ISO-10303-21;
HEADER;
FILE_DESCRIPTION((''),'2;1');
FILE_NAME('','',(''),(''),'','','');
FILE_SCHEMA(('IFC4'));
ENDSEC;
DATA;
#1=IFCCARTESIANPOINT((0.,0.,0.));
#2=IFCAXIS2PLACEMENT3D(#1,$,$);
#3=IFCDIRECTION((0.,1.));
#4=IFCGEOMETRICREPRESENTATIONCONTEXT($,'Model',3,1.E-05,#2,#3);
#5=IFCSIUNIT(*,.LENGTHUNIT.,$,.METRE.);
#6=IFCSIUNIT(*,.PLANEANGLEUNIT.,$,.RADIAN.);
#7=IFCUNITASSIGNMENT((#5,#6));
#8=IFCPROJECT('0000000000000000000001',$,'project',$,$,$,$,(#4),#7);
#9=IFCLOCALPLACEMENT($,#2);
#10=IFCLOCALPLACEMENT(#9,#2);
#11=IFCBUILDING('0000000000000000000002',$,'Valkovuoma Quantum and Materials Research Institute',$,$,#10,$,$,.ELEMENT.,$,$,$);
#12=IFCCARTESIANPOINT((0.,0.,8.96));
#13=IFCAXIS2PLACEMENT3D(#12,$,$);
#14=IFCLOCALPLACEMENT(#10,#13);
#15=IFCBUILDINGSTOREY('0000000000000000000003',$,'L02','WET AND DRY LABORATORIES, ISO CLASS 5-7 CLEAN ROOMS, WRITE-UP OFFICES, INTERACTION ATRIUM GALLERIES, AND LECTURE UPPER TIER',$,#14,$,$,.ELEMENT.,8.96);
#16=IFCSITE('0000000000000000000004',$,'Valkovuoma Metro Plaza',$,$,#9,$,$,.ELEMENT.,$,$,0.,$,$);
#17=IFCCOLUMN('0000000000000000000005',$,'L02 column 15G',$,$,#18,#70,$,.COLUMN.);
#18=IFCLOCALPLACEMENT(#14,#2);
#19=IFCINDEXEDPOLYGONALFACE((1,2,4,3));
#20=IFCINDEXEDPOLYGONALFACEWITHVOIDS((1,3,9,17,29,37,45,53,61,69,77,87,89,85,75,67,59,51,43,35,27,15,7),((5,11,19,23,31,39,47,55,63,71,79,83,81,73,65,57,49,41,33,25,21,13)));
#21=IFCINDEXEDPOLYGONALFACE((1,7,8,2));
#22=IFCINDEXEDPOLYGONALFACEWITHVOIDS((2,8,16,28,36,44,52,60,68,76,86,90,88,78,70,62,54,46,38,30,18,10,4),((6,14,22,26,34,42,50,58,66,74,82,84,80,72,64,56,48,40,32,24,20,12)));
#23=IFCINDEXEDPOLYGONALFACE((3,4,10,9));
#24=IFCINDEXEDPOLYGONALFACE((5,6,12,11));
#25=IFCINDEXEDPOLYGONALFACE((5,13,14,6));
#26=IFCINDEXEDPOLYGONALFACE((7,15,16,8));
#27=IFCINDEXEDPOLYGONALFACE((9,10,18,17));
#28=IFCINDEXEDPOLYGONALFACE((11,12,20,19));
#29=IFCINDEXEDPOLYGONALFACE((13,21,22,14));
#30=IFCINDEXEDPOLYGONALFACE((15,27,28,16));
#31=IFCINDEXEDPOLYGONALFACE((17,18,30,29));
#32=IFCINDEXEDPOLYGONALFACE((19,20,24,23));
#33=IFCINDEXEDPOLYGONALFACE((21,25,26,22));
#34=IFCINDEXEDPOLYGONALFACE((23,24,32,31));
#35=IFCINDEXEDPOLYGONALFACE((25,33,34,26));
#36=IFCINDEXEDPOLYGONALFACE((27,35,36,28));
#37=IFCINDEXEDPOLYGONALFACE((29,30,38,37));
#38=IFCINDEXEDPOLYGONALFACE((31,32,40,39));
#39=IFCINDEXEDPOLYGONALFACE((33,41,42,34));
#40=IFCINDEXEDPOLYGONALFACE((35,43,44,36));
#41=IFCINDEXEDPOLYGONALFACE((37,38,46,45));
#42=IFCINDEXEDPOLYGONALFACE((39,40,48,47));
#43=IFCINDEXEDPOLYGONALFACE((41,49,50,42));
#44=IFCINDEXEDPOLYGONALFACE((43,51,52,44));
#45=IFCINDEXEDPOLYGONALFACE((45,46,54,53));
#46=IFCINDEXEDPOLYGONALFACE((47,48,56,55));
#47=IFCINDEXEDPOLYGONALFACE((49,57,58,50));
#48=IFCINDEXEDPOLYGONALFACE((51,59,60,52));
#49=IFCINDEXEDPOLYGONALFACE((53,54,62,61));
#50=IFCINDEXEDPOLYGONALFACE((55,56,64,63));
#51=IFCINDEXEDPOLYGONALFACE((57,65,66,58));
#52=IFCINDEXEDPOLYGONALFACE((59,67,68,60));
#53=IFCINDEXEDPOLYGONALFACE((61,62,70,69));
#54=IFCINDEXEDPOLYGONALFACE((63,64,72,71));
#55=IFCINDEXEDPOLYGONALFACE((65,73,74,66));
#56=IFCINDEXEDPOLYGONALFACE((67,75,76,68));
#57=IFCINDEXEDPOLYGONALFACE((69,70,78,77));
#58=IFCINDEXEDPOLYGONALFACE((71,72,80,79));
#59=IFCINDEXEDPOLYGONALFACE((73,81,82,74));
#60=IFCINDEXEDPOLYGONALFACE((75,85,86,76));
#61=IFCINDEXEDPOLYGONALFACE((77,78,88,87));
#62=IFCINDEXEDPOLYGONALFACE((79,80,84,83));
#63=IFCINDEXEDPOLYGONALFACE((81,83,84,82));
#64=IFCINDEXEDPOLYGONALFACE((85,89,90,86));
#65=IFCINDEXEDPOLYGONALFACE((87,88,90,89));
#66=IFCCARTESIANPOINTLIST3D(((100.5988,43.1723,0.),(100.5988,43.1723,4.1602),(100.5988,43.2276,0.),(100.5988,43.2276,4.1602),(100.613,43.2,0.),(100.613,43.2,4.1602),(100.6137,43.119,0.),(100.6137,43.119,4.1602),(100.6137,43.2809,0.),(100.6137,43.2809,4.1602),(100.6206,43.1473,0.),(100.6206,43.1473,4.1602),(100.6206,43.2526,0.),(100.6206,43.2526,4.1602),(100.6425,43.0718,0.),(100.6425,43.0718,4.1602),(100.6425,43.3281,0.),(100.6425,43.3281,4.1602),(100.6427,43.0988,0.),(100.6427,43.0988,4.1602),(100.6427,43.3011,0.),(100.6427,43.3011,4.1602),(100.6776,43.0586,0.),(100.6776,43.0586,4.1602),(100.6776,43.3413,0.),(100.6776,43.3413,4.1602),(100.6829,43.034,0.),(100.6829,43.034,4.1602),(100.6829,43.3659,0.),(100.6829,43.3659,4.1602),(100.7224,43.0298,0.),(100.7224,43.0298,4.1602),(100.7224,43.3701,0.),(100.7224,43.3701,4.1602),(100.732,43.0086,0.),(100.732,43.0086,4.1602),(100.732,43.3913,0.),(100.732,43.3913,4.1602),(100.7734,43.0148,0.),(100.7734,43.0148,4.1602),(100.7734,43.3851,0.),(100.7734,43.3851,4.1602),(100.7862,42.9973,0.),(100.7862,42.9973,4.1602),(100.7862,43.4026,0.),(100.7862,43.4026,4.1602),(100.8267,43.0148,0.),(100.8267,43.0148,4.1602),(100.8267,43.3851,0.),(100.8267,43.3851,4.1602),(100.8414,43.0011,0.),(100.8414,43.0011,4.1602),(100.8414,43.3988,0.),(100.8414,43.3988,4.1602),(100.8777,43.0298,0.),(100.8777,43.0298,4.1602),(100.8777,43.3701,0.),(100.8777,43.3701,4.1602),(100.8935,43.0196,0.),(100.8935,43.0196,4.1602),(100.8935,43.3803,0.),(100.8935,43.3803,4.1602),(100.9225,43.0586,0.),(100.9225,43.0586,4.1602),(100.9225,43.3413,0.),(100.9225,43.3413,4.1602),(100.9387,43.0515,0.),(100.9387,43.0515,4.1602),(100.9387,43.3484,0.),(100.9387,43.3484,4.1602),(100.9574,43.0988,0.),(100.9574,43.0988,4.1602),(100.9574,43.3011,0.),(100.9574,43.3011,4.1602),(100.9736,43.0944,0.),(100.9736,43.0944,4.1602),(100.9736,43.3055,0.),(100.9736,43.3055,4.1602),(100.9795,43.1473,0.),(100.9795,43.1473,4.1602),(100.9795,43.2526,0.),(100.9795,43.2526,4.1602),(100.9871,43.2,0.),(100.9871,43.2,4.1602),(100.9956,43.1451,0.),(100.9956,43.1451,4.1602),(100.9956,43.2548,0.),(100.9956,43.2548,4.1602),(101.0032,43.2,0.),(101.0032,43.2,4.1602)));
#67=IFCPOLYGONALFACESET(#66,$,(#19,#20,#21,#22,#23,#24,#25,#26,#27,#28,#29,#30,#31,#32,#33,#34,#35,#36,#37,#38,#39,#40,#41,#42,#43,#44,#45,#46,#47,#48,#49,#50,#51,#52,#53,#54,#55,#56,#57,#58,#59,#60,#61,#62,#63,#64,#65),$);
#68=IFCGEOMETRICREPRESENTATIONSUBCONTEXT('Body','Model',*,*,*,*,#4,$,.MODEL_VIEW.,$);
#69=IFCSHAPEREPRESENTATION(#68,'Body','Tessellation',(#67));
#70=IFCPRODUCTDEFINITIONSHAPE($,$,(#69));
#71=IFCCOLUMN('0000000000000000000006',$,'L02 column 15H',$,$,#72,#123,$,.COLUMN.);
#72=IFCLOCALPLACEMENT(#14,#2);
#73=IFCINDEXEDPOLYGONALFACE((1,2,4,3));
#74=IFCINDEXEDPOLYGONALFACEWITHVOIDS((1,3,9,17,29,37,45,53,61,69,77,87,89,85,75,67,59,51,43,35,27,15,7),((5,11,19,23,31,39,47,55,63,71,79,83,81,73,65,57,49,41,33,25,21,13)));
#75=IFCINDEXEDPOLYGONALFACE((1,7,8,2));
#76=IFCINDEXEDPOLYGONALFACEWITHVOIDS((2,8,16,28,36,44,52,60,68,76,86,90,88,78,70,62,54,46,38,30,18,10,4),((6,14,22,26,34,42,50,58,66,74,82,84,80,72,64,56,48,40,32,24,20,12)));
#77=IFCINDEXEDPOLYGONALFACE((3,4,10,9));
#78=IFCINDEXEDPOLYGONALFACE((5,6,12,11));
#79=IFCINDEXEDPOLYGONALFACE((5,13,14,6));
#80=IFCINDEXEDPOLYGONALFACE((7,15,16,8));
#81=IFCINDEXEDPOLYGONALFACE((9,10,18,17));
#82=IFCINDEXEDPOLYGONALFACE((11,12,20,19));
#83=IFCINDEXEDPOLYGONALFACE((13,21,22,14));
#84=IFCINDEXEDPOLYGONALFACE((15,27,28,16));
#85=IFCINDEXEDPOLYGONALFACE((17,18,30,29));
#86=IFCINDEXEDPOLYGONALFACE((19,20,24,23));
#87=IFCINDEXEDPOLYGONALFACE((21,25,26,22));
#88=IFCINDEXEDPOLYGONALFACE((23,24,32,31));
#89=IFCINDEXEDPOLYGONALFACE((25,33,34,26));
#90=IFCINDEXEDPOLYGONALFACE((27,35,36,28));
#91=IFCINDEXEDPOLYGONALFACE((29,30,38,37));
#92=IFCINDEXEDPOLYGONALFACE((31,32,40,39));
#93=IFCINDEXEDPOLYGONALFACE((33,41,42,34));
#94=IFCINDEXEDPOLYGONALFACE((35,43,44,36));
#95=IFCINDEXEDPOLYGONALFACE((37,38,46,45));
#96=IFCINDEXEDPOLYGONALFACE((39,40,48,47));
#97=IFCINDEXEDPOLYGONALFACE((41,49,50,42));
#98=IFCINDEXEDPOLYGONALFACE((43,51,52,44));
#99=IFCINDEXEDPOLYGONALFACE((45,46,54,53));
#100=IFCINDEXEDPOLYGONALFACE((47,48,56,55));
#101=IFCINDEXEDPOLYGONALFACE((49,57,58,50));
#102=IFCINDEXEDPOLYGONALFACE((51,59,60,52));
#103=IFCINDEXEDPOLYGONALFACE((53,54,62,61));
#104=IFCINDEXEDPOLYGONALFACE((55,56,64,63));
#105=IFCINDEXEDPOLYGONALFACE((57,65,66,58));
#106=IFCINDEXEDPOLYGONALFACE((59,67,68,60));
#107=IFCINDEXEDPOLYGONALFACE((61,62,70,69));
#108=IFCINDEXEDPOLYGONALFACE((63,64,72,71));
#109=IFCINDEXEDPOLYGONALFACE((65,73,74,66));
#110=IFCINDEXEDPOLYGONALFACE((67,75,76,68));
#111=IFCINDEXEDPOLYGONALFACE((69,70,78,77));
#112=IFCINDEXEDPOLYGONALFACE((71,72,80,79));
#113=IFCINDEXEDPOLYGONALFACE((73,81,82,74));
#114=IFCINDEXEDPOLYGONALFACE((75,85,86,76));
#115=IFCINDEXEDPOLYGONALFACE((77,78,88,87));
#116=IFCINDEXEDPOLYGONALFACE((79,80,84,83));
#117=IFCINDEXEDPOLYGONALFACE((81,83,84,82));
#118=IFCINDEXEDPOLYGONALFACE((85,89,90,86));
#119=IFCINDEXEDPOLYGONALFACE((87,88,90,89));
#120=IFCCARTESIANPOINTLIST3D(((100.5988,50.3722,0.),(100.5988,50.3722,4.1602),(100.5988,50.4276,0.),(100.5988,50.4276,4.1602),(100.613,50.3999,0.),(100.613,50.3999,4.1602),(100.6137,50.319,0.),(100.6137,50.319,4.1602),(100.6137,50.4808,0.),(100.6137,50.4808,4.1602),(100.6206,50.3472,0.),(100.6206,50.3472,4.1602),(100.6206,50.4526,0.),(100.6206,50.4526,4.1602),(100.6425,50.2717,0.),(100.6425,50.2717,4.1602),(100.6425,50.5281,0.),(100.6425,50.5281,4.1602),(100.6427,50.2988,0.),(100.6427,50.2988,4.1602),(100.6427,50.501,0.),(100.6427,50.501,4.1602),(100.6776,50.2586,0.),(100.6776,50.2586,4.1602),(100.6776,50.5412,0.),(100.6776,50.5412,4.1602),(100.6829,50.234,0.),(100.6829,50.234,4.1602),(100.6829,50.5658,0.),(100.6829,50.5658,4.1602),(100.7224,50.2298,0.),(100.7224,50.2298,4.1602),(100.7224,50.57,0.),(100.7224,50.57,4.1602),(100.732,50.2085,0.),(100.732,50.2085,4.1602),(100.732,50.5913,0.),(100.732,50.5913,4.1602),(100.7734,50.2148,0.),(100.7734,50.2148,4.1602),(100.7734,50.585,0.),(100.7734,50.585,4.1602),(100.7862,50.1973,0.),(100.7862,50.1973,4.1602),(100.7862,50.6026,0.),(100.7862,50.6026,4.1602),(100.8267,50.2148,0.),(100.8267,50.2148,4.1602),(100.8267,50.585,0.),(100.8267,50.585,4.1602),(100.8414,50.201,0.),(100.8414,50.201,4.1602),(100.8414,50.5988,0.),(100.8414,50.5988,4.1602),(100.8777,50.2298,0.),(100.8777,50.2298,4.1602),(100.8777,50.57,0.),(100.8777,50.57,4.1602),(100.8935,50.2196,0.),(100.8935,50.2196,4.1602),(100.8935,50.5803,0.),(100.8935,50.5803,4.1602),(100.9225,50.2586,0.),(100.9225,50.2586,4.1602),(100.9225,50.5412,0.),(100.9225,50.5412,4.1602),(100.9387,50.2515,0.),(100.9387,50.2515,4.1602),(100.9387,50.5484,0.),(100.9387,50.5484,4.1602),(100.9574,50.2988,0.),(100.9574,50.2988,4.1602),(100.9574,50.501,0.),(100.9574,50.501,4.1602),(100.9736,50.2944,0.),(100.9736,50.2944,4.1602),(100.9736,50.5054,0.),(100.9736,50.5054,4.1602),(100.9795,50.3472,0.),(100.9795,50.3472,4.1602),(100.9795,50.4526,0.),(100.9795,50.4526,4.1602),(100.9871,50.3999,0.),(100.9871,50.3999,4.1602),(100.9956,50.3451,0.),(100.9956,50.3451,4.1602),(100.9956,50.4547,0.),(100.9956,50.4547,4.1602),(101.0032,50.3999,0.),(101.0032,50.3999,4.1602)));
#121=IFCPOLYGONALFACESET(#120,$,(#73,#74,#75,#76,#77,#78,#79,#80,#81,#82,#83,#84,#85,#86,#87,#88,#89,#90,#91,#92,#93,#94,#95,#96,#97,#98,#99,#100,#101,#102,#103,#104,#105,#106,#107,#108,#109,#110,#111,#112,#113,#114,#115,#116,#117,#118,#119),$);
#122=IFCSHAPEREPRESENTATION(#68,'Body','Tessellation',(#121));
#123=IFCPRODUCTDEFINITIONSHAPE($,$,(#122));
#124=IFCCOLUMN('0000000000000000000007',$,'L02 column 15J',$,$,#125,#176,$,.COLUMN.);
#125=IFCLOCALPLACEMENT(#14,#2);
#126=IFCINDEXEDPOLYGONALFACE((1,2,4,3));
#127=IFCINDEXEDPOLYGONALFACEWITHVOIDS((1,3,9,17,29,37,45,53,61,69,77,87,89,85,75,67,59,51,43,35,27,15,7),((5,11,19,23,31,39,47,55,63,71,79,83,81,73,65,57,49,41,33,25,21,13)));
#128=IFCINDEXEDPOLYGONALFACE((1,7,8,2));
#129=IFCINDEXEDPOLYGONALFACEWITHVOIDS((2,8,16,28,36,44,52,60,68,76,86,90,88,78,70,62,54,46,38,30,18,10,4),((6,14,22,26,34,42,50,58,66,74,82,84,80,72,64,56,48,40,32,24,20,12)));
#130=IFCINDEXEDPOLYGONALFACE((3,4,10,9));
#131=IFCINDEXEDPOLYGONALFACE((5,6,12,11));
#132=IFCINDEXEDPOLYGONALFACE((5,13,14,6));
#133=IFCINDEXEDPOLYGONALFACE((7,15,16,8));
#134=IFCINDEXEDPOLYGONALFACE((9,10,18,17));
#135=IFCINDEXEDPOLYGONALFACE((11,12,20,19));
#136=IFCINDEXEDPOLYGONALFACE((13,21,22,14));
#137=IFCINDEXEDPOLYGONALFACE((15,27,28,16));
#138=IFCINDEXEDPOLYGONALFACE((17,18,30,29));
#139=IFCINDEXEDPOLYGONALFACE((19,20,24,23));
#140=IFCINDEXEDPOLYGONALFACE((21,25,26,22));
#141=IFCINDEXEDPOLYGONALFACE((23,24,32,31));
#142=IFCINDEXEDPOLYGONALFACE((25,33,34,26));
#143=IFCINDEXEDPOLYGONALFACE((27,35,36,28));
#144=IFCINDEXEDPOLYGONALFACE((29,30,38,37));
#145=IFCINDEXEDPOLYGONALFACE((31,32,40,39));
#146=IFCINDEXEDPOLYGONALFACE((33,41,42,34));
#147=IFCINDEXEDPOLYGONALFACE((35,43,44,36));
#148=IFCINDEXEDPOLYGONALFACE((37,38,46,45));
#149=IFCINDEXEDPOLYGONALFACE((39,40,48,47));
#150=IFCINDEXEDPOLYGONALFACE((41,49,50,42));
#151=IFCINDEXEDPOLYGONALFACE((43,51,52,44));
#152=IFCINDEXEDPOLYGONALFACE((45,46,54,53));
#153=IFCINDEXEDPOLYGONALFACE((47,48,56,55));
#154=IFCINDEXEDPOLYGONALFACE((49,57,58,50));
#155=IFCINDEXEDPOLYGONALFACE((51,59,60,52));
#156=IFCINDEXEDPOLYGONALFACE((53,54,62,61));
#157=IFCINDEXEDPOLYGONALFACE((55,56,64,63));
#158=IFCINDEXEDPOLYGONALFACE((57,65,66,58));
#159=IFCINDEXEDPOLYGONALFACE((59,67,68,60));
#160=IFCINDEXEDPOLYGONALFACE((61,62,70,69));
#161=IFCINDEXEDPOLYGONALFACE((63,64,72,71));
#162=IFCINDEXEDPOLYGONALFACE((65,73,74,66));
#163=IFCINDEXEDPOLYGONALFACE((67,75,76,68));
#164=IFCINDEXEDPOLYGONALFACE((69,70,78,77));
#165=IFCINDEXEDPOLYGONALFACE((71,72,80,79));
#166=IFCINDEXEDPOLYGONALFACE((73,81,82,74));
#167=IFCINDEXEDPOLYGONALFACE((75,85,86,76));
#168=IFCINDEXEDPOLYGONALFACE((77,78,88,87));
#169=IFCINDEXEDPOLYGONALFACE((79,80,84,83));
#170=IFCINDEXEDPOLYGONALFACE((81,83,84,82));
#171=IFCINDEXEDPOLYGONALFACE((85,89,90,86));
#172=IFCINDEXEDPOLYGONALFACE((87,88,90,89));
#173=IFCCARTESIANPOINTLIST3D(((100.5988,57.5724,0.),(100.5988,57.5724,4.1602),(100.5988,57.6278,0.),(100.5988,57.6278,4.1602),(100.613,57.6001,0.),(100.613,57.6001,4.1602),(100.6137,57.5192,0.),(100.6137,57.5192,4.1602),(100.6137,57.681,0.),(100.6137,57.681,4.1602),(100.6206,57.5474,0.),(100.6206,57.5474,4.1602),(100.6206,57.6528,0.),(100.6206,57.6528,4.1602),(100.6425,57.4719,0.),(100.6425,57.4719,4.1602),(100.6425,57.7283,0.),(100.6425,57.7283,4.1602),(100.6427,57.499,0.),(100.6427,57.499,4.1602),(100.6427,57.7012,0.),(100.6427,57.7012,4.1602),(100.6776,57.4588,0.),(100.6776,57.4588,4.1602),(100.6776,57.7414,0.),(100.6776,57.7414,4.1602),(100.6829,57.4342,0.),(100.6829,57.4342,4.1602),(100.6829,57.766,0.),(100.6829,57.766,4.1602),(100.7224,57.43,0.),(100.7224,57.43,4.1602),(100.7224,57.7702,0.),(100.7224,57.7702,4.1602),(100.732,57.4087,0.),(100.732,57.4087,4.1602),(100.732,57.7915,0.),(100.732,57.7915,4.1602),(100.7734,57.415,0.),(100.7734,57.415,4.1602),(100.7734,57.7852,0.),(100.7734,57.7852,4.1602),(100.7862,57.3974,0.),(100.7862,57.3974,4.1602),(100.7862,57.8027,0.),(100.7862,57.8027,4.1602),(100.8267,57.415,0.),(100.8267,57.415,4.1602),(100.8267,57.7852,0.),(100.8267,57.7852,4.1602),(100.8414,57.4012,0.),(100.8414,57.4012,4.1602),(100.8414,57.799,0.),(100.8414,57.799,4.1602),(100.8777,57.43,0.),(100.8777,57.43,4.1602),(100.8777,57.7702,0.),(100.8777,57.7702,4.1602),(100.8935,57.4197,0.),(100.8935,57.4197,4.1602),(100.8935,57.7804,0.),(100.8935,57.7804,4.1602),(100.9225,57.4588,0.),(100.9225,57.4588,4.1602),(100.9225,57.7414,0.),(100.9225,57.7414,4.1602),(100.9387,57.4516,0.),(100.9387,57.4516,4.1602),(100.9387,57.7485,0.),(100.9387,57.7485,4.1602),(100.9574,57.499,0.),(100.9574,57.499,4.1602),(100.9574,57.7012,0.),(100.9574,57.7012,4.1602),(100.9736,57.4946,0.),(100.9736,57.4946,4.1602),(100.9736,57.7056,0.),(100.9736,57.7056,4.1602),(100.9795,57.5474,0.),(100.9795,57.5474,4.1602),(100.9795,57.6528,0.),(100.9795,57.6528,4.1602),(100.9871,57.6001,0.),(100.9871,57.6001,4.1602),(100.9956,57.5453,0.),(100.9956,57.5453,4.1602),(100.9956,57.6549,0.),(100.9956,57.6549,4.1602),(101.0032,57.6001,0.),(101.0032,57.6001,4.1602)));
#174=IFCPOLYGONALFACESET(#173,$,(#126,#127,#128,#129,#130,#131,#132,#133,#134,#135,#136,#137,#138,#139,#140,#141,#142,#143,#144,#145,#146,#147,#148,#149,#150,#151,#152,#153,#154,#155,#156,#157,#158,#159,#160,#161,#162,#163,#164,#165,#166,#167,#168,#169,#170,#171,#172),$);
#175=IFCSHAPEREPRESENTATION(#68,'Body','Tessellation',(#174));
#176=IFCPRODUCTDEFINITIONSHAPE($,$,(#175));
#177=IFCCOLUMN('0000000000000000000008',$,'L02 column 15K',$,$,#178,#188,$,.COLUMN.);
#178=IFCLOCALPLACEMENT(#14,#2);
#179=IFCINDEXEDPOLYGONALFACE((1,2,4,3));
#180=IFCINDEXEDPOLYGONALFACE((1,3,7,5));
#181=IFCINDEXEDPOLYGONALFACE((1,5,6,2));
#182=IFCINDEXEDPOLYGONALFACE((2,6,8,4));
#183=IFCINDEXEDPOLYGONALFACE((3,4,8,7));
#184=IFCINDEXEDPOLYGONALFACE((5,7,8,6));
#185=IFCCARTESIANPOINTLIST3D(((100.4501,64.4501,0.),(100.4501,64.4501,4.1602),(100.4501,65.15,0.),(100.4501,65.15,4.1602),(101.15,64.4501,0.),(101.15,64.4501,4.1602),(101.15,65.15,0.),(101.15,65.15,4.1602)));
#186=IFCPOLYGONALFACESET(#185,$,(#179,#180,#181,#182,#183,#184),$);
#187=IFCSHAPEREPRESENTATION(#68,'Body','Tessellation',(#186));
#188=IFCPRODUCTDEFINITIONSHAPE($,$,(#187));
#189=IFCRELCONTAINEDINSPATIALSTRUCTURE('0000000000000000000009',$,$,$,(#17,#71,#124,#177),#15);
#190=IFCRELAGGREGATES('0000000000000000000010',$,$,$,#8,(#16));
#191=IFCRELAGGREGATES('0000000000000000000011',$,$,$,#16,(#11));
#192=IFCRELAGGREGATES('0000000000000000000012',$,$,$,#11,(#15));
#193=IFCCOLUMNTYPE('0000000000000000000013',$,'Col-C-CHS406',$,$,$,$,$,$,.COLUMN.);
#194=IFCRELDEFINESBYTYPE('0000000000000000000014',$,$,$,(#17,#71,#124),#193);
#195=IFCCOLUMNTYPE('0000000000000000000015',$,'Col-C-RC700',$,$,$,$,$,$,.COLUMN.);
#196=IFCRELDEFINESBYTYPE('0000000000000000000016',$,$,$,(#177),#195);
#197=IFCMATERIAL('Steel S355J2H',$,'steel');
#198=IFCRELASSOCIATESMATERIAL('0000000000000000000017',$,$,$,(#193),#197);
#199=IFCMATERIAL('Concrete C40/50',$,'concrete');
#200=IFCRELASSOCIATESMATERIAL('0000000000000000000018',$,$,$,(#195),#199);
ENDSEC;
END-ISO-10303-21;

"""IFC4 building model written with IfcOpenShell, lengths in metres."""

from ifc_helpers import new_model, si_unit, direction, frame, origin, origin_2d, place, context, subcontext, project, spatial, rectangle, hollow_circle, extrude, material, material_profile, profile_set, type_object, element, save


model = new_model("IFC4")

# Units and contexts
model_context = context("Model", 3, precision=1e-05, world=origin(), true_north=direction((0.0, 1.0)))
body_context = subcontext(model_context, "Body", "Model", "MODEL_VIEW")
ifc_project = project(units=[si_unit("LENGTHUNIT", "METRE"), si_unit("PLANEANGLEUNIT", "RADIAN")], contexts=[model_context])

# Site, building, storey
site_placement = place(None, origin())
site = spatial("IfcSite", under=ifc_project, at=site_placement, Name="Valkovuoma Metro Plaza", CompositionType="ELEMENT", RefElevation=0.0)
building_placement = place(site_placement, origin())
building = spatial("IfcBuilding", under=site, at=building_placement, Name="Valkovuoma Quantum and Materials Research Institute", CompositionType="ELEMENT")
storey_placement = place(building_placement, frame((0.0, 0.0, 8.96)))
storey = spatial("IfcBuildingStorey", under=building, at=storey_placement, Name="L02", Description="WET AND DRY LABORATORIES, ISO CLASS 5-7 CLEAN ROOMS, WRITE-UP OFFICES, INTERACTION ATRIUM GALLERIES, AND LECTURE UPPER TIER", CompositionType="ELEMENT", Elevation=8.96)

# Columns
ifc_material_1 = material(Name="Steel S355J2H", Category="steel")
ifc_material_profile_1 = material_profile(ifc_material_1, hollow_circle(Radius=0.2031, WallThickness=0.0161, at=origin_2d()), Name="Steel S355J2H")
ifc_profile_set_1 = profile_set([ifc_material_profile_1], Name="Steel S355J2H")
column_type_1 = type_object("IfcColumnType", Name="Col-C-CHS406", PredefinedType="COLUMN", material=ifc_profile_set_1)
for number, where, z_axis, x_axis, name in (
    (1, (100.8, 43.2, 0.0), (0.0, 0.0, 1.0), (1.0, 0.0, 0.0), "L02 column 15G"),
    (2, (100.8, 50.3999, 0.0), (0.0, 0.0, 1.0), (1.0, 0.0, 0.0), "L02 column 15H"),
    (3, (100.8, 57.6001, 0.0), (0.0, 0.0, 1.0), (1.0, 0.0, 0.0), "L02 column 15J"),
):
    element("IfcColumn", number, at=place(storey_placement, frame(where, z_axis=z_axis, x_axis=x_axis)), inside=storey, type_object=column_type_1, Name=name, PredefinedType="COLUMN", context=body_context, shape_type="SweptSolid", body=[
        extrude(hollow_circle(Radius=0.2031, WallThickness=0.0161, at=origin_2d()), origin(), (0.0, 0.0, 1.0), 4.1602),
    ])
ifc_material_2 = material(Name="Concrete C40/50", Category="concrete")
ifc_material_profile_2 = material_profile(ifc_material_2, rectangle(XDim=0.7, YDim=0.7, at=origin_2d()), Name="Concrete C40/50")
ifc_profile_set_2 = profile_set([ifc_material_profile_2], Name="Concrete C40/50")
column_type_2 = type_object("IfcColumnType", Name="Col-C-RC700", PredefinedType="COLUMN", material=ifc_profile_set_2)
column_placement = place(storey_placement, frame((100.8, 64.8, 0.0), z_axis=(0.0, 0.0, 1.0), x_axis=(1.0, 0.0, 0.0)))
element("IfcColumn", 4, at=column_placement, inside=storey, type_object=column_type_2, Name="L02 column 15K", PredefinedType="COLUMN", context=body_context, shape_type="SweptSolid", body=[
    extrude(rectangle(XDim=0.7, YDim=0.7, at=origin_2d()), origin(), (0.0, 0.0, 1.0), 4.1602),
])

save(model, "model.ifc")
